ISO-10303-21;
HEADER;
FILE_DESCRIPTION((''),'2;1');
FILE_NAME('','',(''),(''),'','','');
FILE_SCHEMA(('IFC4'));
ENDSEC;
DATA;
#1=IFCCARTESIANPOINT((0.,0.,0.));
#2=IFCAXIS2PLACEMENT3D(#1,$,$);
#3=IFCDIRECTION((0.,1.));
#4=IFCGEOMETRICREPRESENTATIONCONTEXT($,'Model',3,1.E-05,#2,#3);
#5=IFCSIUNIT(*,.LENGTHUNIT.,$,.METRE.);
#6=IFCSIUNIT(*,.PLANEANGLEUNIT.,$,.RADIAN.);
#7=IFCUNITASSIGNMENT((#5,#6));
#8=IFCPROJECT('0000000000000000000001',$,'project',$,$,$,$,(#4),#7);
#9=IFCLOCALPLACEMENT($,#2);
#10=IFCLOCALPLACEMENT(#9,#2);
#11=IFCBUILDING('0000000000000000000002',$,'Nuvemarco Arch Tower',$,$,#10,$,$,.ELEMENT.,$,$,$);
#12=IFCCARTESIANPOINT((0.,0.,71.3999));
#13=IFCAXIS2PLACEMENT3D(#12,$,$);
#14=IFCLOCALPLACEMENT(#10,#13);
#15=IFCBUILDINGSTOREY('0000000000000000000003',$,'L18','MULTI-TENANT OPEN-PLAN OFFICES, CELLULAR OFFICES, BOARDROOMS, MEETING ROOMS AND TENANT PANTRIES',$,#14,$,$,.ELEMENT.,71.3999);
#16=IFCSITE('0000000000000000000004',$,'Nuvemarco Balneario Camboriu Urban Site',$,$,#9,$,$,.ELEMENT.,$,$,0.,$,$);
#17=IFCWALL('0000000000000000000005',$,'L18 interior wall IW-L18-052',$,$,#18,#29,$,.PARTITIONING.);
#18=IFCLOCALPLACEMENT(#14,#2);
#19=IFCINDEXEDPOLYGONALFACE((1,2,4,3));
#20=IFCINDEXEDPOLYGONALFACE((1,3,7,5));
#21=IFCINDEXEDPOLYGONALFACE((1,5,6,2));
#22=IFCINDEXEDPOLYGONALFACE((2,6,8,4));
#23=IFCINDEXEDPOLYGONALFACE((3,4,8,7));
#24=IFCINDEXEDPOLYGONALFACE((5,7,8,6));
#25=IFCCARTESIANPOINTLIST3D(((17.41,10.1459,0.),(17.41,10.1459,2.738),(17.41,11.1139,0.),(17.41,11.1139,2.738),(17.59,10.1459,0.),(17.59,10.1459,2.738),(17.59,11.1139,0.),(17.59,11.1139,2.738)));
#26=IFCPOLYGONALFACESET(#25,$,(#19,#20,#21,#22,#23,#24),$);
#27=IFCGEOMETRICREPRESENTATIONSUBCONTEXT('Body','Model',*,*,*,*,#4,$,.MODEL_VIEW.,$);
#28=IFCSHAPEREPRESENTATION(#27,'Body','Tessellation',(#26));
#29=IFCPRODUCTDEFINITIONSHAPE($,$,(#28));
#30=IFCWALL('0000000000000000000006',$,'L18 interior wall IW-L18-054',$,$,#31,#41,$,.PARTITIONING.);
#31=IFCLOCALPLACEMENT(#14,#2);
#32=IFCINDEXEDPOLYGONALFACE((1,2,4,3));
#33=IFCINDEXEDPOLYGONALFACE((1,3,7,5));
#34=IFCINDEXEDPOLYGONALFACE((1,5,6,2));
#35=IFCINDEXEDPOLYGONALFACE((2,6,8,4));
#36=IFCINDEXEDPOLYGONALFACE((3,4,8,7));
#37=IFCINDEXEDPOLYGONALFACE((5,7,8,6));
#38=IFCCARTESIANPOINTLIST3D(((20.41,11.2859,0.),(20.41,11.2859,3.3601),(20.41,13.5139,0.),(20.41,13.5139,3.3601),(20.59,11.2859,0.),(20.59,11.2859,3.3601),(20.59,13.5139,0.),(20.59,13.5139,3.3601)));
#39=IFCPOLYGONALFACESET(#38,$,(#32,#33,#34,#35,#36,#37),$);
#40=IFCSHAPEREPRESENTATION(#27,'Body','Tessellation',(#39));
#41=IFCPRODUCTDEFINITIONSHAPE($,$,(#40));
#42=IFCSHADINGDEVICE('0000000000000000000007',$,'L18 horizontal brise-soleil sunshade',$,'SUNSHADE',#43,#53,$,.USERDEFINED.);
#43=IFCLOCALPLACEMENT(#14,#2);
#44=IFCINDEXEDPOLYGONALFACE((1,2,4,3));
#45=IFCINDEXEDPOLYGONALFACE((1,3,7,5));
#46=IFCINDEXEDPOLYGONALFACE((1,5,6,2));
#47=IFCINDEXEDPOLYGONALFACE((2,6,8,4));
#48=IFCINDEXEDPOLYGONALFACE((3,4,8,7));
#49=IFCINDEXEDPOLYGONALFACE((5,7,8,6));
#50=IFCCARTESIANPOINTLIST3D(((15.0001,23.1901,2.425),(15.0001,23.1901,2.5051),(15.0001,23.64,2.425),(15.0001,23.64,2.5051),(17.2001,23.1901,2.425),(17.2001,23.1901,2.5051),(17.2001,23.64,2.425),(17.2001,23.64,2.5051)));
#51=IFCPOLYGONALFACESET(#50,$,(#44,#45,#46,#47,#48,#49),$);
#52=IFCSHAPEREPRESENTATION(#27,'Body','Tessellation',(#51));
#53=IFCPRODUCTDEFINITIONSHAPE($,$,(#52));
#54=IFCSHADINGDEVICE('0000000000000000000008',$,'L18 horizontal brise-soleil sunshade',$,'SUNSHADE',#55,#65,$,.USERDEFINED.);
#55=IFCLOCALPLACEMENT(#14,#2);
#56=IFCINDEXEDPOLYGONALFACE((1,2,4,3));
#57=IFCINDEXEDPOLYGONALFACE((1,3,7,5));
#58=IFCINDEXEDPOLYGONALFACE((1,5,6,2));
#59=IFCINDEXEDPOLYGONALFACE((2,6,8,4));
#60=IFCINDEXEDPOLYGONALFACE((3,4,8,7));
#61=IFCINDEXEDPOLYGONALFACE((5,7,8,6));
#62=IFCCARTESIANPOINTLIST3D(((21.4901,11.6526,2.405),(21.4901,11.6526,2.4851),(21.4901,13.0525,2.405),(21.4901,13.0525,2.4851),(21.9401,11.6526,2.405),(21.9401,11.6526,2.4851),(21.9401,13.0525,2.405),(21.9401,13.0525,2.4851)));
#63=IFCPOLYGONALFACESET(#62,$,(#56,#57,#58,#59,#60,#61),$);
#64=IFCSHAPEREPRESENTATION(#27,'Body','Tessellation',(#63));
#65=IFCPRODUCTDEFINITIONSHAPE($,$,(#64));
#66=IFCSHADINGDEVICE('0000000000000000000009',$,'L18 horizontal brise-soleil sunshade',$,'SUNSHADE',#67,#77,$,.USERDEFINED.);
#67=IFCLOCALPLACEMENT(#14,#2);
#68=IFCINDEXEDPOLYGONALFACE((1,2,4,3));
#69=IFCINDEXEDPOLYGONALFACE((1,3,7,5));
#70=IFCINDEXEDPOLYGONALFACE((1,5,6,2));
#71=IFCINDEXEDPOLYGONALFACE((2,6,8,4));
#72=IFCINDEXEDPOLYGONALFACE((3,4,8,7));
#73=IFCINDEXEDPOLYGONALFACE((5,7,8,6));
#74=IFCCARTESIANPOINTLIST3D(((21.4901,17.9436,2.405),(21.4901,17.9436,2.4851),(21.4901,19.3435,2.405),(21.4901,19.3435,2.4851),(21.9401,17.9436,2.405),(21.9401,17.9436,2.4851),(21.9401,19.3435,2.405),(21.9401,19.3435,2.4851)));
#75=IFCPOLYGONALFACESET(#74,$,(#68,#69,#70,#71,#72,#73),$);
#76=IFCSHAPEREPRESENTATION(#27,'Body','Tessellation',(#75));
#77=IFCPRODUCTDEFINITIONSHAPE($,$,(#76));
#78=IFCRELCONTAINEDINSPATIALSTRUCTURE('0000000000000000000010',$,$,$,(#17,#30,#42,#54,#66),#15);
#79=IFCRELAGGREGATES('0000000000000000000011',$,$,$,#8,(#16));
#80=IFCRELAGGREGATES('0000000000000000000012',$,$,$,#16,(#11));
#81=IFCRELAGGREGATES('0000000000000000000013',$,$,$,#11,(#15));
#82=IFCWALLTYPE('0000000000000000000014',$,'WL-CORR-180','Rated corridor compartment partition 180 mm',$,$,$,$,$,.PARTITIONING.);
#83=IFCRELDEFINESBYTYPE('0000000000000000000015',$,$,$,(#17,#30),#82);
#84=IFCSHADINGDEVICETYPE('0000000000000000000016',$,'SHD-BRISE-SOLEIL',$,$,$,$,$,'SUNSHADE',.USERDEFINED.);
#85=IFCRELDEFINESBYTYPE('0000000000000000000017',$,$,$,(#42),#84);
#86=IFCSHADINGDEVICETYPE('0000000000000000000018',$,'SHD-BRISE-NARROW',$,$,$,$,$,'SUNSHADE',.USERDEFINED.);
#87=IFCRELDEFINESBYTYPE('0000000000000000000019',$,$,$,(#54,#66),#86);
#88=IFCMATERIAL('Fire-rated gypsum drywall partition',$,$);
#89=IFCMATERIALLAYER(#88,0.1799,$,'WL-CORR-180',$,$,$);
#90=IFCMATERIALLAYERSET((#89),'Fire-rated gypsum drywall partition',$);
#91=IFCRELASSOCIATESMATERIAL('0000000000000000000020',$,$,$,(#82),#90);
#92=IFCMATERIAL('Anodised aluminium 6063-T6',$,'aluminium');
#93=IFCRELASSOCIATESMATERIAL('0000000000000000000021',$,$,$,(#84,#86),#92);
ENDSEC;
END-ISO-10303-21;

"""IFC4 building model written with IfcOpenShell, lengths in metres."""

from ifc_helpers import new_model, si_unit, direction, frame, frame_2d, origin, origin_2d, place, context, subcontext, project, spatial, rectangle, extrude, source, transform, mapped, material, layer, layer_set, type_object, type_shapes, element, save


model = new_model("IFC4")

# Units and contexts
model_context = context("Model", 3, precision=1e-05, world=origin(), true_north=direction((0.0, 1.0)))
body_context = subcontext(model_context, "Body", "Model", "MODEL_VIEW")
ifc_project = project(units=[si_unit("LENGTHUNIT", "METRE"), si_unit("PLANEANGLEUNIT", "RADIAN")], contexts=[model_context])

# Site, building, storey
site_placement = place(None, origin())
site = spatial("IfcSite", under=ifc_project, at=site_placement, Name="Nuvemarco Balneario Camboriu Urban Site", CompositionType="ELEMENT", RefElevation=0.0)
building_placement = place(site_placement, origin())
building = spatial("IfcBuilding", under=site, at=building_placement, Name="Nuvemarco Arch Tower", CompositionType="ELEMENT")
storey_placement = place(building_placement, frame((0.0, 0.0, 71.3999)))
storey = spatial("IfcBuildingStorey", under=building, at=storey_placement, Name="L18", Description="MULTI-TENANT OPEN-PLAN OFFICES, CELLULAR OFFICES, BOARDROOMS, MEETING ROOMS AND TENANT PANTRIES", CompositionType="ELEMENT", Elevation=71.3999)

# Shared definitions
ifc_material_1 = material(Name="Fire-rated gypsum drywall partition")
ifc_layer_1 = layer(ifc_material_1, 0.1799, Name="WL-CORR-180")
ifc_layer_set_1 = layer_set([ifc_layer_1], Name="Fire-rated gypsum drywall partition")
wall_type_1 = type_object("IfcWallType", Name="WL-CORR-180", Description="Rated corridor compartment partition 180 mm", PredefinedType="PARTITIONING", material=ifc_layer_set_1)

# Walls
wall_1_placement = place(storey_placement, frame((17.5, 10.146, 0.0), z_axis=(0.0, 0.0, 1.0), x_axis=(0.0, 1.0, 0.0)))
element("IfcWall", 1, at=wall_1_placement, inside=storey, type_object=wall_type_1, Name="L18 interior wall IW-L18-052", PredefinedType="PARTITIONING", context=body_context, shape_type="SweptSolid", body=[
    extrude(rectangle(XDim=0.968, YDim=0.1799, at=frame_2d((0.4839, 0.0))), origin(), (0.0, 0.0, 1.0), 2.738),
])
wall_2_placement = place(storey_placement, frame((20.5, 11.2859, 0.0), z_axis=(0.0, 0.0, 1.0), x_axis=(0.0, 1.0, 0.0)))
element("IfcWall", 2, at=wall_2_placement, inside=storey, type_object=wall_type_1, Name="L18 interior wall IW-L18-054", PredefinedType="PARTITIONING", context=body_context, shape_type="SweptSolid", body=[
    extrude(rectangle(XDim=2.228, YDim=0.1799, at=frame_2d((1.114, 0.0))), origin(), (0.0, 0.0, 1.0), 3.3601),
])

# Shading devices
ifc_material_2 = material(Name="Anodised aluminium 6063-T6", Category="aluminium")
shading_device_type_1 = type_object("IfcShadingDeviceType", Name="SHD-BRISE-SOLEIL", ElementType="SUNSHADE", PredefinedType="USERDEFINED", material=ifc_material_2)
shared_shape_1 = source(origin(), body_context, "Body", "SweptSolid", [
    extrude(rectangle(XDim=2.2, YDim=0.45, at=origin_2d()), origin(), (0.0, 0.0, 1.0), 0.0801),
])
type_shapes(shading_device_type_1, [shared_shape_1])
shading_device_placement = place(storey_placement, frame((16.1001, 23.415, 2.425), z_axis=(0.0, 0.0, 1.0), x_axis=(1.0, 0.0, 0.0)))
element("IfcShadingDevice", 3, at=shading_device_placement, inside=storey, type_object=shading_device_type_1, Name="L18 horizontal brise-soleil sunshade", ObjectType="SUNSHADE", PredefinedType="USERDEFINED", context=body_context, shape_type="MappedRepresentation", body=[
    mapped(shared_shape_1, transform((0.0, 0.0, 0.0), scale=1.0)),
])
shading_device_type_2 = type_object("IfcShadingDeviceType", Name="SHD-BRISE-NARROW", ElementType="SUNSHADE", PredefinedType="USERDEFINED", material=ifc_material_2)
shared_shape_2 = source(origin(), body_context, "Body", "SweptSolid", [
    extrude(rectangle(XDim=1.3999, YDim=0.45, at=origin_2d()), origin(), (0.0, 0.0, 1.0), 0.0801),
])
type_shapes(shading_device_type_2, [shared_shape_2])
for number, where, z_axis, x_axis, name in (
    (4, (21.7151, 12.3525, 2.405), (0.0, 0.0, 1.0), (0.0, 1.0, 0.0), "L18 horizontal brise-soleil sunshade"),
    (5, (21.7151, 18.6436, 2.405), (0.0, 0.0, 1.0), (0.0, 1.0, 0.0), "L18 horizontal brise-soleil sunshade"),
):
    element("IfcShadingDevice", number, at=place(storey_placement, frame(where, z_axis=z_axis, x_axis=x_axis)), inside=storey, type_object=shading_device_type_2, Name=name, ObjectType="SUNSHADE", PredefinedType="USERDEFINED", context=body_context, shape_type="MappedRepresentation", body=[
        mapped(shared_shape_2, transform((0.0, 0.0, 0.0), scale=1.0)),
    ])

save(model, "model.ifc")
